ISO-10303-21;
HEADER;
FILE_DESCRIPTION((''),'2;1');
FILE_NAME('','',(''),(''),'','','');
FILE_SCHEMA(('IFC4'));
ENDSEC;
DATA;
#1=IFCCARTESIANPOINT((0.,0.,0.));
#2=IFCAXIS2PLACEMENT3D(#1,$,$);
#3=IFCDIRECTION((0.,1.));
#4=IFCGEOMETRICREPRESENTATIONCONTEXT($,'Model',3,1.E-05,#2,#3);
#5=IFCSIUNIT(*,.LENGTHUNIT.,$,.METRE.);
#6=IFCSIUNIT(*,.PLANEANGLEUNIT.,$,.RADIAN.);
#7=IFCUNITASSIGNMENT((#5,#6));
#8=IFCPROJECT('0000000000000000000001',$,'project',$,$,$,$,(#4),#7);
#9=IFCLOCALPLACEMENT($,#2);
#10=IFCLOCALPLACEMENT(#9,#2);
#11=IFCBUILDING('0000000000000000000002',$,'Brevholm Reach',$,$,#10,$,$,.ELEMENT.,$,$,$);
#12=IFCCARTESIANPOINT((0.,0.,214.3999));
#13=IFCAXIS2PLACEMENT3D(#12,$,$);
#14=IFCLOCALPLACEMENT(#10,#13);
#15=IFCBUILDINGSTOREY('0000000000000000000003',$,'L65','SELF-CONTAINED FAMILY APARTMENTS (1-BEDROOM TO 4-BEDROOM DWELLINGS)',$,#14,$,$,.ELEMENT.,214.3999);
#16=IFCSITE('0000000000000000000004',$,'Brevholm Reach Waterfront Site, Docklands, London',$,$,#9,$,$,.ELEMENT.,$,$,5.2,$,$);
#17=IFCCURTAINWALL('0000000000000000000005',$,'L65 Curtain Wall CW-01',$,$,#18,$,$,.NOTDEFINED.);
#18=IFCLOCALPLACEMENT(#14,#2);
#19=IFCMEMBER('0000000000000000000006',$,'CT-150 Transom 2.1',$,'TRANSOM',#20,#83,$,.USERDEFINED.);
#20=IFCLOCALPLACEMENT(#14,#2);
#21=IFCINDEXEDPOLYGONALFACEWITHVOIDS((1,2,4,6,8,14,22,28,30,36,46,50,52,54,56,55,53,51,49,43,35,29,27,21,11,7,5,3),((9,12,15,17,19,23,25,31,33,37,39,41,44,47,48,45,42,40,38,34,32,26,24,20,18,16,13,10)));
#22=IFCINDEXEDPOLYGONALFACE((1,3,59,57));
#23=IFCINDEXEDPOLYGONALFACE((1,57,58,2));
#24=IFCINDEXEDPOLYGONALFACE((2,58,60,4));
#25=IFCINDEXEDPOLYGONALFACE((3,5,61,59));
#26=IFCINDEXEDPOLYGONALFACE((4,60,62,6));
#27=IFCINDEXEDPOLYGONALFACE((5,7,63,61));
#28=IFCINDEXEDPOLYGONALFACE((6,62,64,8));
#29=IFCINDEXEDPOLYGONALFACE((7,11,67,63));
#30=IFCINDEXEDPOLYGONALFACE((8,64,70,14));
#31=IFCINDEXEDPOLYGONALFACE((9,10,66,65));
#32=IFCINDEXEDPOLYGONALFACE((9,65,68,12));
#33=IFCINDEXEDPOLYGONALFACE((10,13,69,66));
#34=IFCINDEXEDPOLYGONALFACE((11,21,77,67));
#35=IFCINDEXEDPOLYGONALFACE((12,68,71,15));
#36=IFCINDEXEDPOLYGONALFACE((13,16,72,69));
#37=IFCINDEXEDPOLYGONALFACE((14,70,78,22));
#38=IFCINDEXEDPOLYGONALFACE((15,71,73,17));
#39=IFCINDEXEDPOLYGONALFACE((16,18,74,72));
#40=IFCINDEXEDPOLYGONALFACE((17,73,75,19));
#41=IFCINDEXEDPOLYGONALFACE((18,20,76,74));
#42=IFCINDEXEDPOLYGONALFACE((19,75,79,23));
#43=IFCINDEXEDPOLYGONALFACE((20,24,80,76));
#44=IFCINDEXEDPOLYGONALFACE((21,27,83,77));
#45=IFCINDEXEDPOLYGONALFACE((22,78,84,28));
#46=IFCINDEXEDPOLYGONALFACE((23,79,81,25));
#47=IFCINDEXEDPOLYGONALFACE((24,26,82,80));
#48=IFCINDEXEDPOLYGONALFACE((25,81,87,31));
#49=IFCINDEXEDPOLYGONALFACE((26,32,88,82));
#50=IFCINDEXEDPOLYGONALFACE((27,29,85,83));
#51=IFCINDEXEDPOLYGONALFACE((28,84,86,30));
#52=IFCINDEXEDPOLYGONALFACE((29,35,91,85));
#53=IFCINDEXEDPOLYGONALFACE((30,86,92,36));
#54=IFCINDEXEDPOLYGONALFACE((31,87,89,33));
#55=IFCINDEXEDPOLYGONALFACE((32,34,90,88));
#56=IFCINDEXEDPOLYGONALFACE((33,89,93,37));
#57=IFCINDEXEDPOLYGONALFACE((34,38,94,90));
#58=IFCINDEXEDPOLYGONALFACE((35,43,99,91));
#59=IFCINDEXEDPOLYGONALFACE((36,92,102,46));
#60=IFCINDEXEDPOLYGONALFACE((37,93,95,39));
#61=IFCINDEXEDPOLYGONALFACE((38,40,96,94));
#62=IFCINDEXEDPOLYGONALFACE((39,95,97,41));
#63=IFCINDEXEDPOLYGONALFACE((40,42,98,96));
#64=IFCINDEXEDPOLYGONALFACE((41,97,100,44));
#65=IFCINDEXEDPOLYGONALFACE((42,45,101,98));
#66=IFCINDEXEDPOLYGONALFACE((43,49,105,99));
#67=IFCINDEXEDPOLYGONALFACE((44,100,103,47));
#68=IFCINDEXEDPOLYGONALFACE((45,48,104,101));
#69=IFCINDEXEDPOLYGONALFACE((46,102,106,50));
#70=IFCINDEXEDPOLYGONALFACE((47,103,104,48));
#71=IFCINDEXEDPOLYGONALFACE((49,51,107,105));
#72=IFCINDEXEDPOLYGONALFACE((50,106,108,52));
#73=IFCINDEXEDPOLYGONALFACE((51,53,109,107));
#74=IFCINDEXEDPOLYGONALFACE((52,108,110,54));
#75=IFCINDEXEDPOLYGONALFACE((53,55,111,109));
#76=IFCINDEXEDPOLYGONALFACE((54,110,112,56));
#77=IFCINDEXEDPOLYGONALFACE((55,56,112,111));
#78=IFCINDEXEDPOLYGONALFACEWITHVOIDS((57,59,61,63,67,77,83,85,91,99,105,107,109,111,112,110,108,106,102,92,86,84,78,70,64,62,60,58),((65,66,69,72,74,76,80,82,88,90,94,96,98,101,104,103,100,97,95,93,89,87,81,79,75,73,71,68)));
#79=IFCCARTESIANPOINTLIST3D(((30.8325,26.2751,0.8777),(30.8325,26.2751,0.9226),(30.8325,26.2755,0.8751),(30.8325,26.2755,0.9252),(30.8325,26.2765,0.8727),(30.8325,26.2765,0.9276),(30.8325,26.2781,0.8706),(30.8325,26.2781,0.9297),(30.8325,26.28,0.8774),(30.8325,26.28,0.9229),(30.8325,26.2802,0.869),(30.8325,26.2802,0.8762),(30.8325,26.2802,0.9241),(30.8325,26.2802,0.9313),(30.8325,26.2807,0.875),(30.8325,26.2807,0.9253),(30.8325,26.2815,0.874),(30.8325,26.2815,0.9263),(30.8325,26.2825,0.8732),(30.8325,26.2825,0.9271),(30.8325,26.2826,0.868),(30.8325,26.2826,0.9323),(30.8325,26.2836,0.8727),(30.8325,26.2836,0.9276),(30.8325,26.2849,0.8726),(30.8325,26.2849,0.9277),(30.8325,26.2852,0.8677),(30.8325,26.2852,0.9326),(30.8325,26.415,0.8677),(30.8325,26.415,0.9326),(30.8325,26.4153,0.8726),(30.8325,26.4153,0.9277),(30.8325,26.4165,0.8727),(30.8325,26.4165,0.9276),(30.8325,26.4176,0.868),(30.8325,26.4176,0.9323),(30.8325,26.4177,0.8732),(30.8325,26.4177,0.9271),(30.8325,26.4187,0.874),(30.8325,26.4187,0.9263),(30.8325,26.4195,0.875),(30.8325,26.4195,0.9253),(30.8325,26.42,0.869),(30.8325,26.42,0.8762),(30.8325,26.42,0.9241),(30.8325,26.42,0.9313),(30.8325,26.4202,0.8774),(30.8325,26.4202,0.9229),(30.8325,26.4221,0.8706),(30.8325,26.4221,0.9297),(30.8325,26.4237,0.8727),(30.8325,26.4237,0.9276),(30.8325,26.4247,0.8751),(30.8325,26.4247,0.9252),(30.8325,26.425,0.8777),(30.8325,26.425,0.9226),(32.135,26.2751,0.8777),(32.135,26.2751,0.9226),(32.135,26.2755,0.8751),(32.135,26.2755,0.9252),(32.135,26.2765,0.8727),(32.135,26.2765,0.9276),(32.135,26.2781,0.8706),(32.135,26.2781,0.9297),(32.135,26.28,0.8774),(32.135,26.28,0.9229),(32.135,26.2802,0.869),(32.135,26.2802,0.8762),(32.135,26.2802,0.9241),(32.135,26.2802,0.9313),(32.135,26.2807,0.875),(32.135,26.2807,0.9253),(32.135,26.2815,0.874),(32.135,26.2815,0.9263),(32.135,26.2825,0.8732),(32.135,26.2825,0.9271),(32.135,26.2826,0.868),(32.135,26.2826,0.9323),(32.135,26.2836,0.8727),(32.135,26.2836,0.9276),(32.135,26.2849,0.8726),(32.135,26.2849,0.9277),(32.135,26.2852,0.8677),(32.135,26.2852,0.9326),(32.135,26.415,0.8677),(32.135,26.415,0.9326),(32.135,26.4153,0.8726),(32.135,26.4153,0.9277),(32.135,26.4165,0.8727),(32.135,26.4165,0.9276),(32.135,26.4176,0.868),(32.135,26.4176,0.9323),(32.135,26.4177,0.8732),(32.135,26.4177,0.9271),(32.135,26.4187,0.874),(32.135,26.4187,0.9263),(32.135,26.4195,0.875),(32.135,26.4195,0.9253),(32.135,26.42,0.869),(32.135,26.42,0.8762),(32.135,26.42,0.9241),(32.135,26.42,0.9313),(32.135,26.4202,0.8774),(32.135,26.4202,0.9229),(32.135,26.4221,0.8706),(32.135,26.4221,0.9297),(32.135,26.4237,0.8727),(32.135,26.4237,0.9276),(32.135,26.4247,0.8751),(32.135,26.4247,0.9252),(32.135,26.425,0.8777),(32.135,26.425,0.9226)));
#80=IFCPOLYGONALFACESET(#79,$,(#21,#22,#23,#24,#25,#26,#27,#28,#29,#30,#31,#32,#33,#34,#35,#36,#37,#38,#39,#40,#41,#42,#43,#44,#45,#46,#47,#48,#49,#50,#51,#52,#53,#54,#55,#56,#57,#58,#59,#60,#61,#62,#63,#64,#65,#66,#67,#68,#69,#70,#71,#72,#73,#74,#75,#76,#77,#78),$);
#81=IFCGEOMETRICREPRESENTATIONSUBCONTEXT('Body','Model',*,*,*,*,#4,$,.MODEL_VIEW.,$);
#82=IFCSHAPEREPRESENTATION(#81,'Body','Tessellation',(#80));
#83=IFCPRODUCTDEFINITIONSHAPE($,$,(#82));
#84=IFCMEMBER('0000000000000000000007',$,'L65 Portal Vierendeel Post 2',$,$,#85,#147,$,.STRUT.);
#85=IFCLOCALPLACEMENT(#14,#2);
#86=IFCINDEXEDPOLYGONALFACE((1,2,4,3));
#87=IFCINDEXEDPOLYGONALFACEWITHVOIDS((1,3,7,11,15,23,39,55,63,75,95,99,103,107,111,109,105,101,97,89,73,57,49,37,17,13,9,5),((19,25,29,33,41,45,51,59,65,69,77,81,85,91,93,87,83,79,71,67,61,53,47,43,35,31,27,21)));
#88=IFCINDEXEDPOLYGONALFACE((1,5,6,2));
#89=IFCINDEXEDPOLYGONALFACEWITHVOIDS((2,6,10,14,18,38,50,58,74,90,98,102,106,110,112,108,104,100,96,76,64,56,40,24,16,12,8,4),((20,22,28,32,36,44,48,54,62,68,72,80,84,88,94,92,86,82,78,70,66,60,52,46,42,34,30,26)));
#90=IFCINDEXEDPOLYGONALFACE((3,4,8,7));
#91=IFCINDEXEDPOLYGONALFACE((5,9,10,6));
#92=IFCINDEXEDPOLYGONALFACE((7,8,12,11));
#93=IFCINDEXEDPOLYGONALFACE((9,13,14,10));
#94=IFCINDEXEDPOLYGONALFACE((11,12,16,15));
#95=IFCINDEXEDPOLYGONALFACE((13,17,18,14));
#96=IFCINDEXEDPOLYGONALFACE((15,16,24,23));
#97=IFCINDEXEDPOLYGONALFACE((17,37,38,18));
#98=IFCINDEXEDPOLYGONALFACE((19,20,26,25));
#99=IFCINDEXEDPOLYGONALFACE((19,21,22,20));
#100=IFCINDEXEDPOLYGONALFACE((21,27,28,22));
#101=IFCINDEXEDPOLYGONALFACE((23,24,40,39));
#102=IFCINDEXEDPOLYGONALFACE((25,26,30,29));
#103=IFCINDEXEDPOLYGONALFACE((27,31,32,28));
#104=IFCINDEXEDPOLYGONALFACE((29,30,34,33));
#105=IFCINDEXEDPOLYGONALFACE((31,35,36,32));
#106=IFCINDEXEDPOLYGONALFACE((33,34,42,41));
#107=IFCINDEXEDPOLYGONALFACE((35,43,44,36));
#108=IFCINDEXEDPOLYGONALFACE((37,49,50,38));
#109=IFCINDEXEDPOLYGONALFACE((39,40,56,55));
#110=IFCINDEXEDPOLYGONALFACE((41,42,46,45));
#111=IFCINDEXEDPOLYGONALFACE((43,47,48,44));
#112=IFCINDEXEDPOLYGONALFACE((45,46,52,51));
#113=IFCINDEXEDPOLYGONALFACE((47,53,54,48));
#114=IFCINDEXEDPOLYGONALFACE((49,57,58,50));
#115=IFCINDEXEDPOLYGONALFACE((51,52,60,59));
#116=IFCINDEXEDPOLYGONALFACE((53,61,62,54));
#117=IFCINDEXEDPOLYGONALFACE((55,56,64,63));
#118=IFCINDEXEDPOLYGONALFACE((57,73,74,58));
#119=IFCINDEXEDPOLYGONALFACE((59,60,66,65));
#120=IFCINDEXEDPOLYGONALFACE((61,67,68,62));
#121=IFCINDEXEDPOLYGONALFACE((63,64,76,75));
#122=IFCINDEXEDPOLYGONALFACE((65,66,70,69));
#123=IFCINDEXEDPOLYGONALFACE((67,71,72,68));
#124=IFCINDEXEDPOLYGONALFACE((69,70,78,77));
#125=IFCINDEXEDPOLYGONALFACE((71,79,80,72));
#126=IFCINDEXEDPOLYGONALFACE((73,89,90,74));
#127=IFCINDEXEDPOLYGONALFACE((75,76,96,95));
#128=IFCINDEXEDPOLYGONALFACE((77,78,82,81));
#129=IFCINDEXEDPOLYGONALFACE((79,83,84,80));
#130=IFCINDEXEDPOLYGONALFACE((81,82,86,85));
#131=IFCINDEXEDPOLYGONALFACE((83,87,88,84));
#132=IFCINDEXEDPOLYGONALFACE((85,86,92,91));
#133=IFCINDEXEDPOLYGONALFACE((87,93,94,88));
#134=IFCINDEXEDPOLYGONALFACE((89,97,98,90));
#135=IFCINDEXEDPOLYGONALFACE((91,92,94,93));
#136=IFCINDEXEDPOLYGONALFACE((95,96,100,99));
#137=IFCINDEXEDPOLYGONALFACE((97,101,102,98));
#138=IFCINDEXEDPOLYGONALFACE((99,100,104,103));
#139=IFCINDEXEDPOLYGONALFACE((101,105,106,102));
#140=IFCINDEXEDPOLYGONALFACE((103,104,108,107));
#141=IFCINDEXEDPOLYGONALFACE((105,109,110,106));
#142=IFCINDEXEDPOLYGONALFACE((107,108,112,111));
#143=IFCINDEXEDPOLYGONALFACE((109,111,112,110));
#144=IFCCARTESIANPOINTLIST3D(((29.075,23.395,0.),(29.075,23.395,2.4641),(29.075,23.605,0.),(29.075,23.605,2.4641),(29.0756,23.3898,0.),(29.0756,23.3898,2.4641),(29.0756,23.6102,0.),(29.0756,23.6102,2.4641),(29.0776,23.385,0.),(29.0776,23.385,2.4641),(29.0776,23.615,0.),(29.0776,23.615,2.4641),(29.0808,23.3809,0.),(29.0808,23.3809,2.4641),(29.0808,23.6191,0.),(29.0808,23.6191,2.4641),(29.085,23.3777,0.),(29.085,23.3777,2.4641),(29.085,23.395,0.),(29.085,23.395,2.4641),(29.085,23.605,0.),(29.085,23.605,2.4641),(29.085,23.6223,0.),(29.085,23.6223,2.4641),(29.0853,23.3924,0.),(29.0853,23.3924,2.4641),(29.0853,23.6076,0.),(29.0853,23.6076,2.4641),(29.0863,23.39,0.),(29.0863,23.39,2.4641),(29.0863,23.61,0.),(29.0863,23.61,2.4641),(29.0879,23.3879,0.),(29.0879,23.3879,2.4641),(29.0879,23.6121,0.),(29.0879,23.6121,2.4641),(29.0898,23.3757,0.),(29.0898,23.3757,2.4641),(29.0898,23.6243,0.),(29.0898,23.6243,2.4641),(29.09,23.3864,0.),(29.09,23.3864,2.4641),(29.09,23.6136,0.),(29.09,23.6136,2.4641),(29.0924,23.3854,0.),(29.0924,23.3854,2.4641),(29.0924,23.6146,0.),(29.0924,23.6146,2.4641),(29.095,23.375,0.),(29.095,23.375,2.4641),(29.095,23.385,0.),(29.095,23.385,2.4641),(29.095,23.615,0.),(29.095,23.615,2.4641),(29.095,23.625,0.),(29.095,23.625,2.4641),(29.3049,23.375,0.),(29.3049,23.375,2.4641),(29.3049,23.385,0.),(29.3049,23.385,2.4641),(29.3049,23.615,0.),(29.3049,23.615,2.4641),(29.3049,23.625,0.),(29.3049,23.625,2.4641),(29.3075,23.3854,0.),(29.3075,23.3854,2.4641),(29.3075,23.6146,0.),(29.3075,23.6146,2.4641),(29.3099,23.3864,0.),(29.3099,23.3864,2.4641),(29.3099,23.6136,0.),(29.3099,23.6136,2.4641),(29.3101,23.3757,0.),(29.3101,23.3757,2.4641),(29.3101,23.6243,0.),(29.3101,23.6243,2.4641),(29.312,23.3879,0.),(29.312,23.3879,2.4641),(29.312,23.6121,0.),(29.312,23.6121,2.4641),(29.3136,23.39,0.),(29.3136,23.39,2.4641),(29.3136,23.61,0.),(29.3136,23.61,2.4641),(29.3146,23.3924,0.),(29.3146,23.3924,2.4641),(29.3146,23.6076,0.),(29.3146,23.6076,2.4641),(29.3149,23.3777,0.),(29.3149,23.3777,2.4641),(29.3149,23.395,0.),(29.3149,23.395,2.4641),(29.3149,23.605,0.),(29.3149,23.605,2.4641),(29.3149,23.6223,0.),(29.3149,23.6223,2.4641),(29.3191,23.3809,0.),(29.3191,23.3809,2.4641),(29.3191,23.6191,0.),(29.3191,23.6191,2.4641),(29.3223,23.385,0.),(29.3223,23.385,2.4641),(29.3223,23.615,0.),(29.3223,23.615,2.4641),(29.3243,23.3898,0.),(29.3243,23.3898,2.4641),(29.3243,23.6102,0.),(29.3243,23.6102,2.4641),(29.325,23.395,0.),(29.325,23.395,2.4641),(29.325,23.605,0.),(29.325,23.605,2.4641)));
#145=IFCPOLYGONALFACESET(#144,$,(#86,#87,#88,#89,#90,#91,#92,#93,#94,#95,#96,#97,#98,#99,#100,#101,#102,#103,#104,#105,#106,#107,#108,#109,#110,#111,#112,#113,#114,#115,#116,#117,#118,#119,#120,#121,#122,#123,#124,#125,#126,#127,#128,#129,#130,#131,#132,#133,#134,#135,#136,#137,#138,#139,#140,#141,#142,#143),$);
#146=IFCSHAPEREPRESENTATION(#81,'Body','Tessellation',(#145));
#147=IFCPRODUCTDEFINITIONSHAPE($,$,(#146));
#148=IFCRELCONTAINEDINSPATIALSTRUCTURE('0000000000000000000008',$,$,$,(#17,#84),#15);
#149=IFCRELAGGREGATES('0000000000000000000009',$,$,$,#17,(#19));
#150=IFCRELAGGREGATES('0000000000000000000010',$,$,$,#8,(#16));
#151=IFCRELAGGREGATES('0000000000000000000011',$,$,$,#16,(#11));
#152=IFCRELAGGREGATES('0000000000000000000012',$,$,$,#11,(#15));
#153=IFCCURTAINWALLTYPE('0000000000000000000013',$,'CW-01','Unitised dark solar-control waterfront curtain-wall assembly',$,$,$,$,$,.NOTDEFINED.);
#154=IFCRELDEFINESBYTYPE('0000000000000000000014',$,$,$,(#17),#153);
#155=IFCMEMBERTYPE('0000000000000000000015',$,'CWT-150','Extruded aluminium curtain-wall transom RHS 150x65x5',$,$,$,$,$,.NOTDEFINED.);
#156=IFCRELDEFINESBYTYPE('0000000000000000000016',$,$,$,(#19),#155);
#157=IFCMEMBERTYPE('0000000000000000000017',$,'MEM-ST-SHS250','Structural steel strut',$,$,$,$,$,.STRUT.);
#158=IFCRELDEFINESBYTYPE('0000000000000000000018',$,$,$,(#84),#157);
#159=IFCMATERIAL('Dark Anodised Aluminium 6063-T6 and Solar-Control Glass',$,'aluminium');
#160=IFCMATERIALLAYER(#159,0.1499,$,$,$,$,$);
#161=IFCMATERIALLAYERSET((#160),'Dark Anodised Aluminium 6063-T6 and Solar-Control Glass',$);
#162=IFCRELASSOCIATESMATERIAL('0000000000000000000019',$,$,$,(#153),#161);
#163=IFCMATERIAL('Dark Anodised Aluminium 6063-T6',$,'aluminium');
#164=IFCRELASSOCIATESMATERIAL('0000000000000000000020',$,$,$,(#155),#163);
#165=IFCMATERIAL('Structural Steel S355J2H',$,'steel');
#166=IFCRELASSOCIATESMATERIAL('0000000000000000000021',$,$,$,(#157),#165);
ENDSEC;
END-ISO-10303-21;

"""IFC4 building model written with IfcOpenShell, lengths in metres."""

from ifc_helpers import new_model, si_unit, direction, frame, origin, origin_2d, place, context, subcontext, project, spatial, hollow_rectangle, extrude, material, layer, layer_set, material_profile, profile_set, type_object, element, aggregate, save


model = new_model("IFC4")

# Units and contexts
model_context = context("Model", 3, precision=1e-05, world=origin(), true_north=direction((0.0, 1.0)))
body_context = subcontext(model_context, "Body", "Model", "MODEL_VIEW")
ifc_project = project(units=[si_unit("LENGTHUNIT", "METRE"), si_unit("PLANEANGLEUNIT", "RADIAN")], contexts=[model_context])

# Site, building, storey
site_placement = place(None, origin())
site = spatial("IfcSite", under=ifc_project, at=site_placement, Name="Brevholm Reach Waterfront Site, Docklands, London", CompositionType="ELEMENT", RefElevation=5.2)
building_placement = place(site_placement, origin())
building = spatial("IfcBuilding", under=site, at=building_placement, Name="Brevholm Reach", CompositionType="ELEMENT")
storey_placement = place(building_placement, frame((0.0, 0.0, 214.3999)))
storey = spatial("IfcBuildingStorey", under=building, at=storey_placement, Name="L65", Description="SELF-CONTAINED FAMILY APARTMENTS (1-BEDROOM TO 4-BEDROOM DWELLINGS)", CompositionType="ELEMENT", Elevation=214.3999)

# Curtain wall, member
ifc_material_1 = material(Name="Dark Anodised Aluminium 6063-T6 and Solar-Control Glass", Category="aluminium")
ifc_layer_1 = layer(ifc_material_1, 0.1499)
ifc_layer_set_1 = layer_set([ifc_layer_1], Name="Dark Anodised Aluminium 6063-T6 and Solar-Control Glass")
curtain_wall_type = type_object("IfcCurtainWallType", Name="CW-01", Description="Unitised dark solar-control waterfront curtain-wall assembly", PredefinedType="NOTDEFINED", material=ifc_layer_set_1)
curtain_wall_placement = place(storey_placement, origin())
curtain_wall = element("IfcCurtainWall", 1, at=curtain_wall_placement, inside=storey, type_object=curtain_wall_type, Name="L65 Curtain Wall CW-01", PredefinedType="NOTDEFINED")
ifc_material_2 = material(Name="Dark Anodised Aluminium 6063-T6", Category="aluminium")
ifc_material_profile_1 = material_profile(ifc_material_2, hollow_rectangle(XDim=0.0649, YDim=0.1499, WallThickness=0.0049, InnerFilletRadius=0.0049, OuterFilletRadius=0.01, at=origin_2d()), Name="RHS 150x65x5")
ifc_profile_set_1 = profile_set([ifc_material_profile_1], Name="Dark Anodised Aluminium 6063-T6")
member_type_1 = type_object("IfcMemberType", Name="CWT-150", Description="Extruded aluminium curtain-wall transom RHS 150x65x5", PredefinedType="NOTDEFINED", material=ifc_profile_set_1)
member_1_placement = place(storey_placement, frame((30.8325, 26.3501, 0.9001), z_axis=(1.0, 0.0, 0.0), x_axis=(0.0, 0.0, 1.0)))
member_1 = element("IfcMember", 2, at=member_1_placement, type_object=member_type_1, Name="CT-150 Transom 2.1", ObjectType="TRANSOM", PredefinedType="USERDEFINED", context=body_context, shape_type="SweptSolid", body=[
    extrude(hollow_rectangle(XDim=0.0649, YDim=0.1499, WallThickness=0.0049, InnerFilletRadius=0.0049, OuterFilletRadius=0.01, at=origin_2d()), origin(), (0.0, 0.0, 1.0), 1.3025),
])

# Member
ifc_material_3 = material(Name="Structural Steel S355J2H", Category="steel")
ifc_material_profile_2 = material_profile(ifc_material_3, hollow_rectangle(XDim=0.25, YDim=0.25, WallThickness=0.01, InnerFilletRadius=0.01, OuterFilletRadius=0.02, at=origin_2d()), Name="SHS 250x250x10")
ifc_profile_set_2 = profile_set([ifc_material_profile_2], Name="Structural Steel S355J2H")
member_type_2 = type_object("IfcMemberType", Name="MEM-ST-SHS250", Description="Structural steel strut", PredefinedType="STRUT", material=ifc_profile_set_2)
for number, where, z_axis, x_axis, name in (
    (3, (29.2, 23.5, 0.0), (0.0, 0.0, 1.0), (1.0, 0.0, 0.0), "L65 Portal Vierendeel Post 2"),
):
    element("IfcMember", number, at=place(storey_placement, frame(where, z_axis=z_axis, x_axis=x_axis)), inside=storey, type_object=member_type_2, Name=name, PredefinedType="STRUT", context=body_context, shape_type="SweptSolid", body=[
        extrude(hollow_rectangle(XDim=0.25, YDim=0.25, WallThickness=0.01, InnerFilletRadius=0.01, OuterFilletRadius=0.02, at=origin_2d()), origin(), (0.0, 0.0, 1.0), 2.4641),
    ])

aggregate(curtain_wall, [member_1])

save(model, "model.ifc")
